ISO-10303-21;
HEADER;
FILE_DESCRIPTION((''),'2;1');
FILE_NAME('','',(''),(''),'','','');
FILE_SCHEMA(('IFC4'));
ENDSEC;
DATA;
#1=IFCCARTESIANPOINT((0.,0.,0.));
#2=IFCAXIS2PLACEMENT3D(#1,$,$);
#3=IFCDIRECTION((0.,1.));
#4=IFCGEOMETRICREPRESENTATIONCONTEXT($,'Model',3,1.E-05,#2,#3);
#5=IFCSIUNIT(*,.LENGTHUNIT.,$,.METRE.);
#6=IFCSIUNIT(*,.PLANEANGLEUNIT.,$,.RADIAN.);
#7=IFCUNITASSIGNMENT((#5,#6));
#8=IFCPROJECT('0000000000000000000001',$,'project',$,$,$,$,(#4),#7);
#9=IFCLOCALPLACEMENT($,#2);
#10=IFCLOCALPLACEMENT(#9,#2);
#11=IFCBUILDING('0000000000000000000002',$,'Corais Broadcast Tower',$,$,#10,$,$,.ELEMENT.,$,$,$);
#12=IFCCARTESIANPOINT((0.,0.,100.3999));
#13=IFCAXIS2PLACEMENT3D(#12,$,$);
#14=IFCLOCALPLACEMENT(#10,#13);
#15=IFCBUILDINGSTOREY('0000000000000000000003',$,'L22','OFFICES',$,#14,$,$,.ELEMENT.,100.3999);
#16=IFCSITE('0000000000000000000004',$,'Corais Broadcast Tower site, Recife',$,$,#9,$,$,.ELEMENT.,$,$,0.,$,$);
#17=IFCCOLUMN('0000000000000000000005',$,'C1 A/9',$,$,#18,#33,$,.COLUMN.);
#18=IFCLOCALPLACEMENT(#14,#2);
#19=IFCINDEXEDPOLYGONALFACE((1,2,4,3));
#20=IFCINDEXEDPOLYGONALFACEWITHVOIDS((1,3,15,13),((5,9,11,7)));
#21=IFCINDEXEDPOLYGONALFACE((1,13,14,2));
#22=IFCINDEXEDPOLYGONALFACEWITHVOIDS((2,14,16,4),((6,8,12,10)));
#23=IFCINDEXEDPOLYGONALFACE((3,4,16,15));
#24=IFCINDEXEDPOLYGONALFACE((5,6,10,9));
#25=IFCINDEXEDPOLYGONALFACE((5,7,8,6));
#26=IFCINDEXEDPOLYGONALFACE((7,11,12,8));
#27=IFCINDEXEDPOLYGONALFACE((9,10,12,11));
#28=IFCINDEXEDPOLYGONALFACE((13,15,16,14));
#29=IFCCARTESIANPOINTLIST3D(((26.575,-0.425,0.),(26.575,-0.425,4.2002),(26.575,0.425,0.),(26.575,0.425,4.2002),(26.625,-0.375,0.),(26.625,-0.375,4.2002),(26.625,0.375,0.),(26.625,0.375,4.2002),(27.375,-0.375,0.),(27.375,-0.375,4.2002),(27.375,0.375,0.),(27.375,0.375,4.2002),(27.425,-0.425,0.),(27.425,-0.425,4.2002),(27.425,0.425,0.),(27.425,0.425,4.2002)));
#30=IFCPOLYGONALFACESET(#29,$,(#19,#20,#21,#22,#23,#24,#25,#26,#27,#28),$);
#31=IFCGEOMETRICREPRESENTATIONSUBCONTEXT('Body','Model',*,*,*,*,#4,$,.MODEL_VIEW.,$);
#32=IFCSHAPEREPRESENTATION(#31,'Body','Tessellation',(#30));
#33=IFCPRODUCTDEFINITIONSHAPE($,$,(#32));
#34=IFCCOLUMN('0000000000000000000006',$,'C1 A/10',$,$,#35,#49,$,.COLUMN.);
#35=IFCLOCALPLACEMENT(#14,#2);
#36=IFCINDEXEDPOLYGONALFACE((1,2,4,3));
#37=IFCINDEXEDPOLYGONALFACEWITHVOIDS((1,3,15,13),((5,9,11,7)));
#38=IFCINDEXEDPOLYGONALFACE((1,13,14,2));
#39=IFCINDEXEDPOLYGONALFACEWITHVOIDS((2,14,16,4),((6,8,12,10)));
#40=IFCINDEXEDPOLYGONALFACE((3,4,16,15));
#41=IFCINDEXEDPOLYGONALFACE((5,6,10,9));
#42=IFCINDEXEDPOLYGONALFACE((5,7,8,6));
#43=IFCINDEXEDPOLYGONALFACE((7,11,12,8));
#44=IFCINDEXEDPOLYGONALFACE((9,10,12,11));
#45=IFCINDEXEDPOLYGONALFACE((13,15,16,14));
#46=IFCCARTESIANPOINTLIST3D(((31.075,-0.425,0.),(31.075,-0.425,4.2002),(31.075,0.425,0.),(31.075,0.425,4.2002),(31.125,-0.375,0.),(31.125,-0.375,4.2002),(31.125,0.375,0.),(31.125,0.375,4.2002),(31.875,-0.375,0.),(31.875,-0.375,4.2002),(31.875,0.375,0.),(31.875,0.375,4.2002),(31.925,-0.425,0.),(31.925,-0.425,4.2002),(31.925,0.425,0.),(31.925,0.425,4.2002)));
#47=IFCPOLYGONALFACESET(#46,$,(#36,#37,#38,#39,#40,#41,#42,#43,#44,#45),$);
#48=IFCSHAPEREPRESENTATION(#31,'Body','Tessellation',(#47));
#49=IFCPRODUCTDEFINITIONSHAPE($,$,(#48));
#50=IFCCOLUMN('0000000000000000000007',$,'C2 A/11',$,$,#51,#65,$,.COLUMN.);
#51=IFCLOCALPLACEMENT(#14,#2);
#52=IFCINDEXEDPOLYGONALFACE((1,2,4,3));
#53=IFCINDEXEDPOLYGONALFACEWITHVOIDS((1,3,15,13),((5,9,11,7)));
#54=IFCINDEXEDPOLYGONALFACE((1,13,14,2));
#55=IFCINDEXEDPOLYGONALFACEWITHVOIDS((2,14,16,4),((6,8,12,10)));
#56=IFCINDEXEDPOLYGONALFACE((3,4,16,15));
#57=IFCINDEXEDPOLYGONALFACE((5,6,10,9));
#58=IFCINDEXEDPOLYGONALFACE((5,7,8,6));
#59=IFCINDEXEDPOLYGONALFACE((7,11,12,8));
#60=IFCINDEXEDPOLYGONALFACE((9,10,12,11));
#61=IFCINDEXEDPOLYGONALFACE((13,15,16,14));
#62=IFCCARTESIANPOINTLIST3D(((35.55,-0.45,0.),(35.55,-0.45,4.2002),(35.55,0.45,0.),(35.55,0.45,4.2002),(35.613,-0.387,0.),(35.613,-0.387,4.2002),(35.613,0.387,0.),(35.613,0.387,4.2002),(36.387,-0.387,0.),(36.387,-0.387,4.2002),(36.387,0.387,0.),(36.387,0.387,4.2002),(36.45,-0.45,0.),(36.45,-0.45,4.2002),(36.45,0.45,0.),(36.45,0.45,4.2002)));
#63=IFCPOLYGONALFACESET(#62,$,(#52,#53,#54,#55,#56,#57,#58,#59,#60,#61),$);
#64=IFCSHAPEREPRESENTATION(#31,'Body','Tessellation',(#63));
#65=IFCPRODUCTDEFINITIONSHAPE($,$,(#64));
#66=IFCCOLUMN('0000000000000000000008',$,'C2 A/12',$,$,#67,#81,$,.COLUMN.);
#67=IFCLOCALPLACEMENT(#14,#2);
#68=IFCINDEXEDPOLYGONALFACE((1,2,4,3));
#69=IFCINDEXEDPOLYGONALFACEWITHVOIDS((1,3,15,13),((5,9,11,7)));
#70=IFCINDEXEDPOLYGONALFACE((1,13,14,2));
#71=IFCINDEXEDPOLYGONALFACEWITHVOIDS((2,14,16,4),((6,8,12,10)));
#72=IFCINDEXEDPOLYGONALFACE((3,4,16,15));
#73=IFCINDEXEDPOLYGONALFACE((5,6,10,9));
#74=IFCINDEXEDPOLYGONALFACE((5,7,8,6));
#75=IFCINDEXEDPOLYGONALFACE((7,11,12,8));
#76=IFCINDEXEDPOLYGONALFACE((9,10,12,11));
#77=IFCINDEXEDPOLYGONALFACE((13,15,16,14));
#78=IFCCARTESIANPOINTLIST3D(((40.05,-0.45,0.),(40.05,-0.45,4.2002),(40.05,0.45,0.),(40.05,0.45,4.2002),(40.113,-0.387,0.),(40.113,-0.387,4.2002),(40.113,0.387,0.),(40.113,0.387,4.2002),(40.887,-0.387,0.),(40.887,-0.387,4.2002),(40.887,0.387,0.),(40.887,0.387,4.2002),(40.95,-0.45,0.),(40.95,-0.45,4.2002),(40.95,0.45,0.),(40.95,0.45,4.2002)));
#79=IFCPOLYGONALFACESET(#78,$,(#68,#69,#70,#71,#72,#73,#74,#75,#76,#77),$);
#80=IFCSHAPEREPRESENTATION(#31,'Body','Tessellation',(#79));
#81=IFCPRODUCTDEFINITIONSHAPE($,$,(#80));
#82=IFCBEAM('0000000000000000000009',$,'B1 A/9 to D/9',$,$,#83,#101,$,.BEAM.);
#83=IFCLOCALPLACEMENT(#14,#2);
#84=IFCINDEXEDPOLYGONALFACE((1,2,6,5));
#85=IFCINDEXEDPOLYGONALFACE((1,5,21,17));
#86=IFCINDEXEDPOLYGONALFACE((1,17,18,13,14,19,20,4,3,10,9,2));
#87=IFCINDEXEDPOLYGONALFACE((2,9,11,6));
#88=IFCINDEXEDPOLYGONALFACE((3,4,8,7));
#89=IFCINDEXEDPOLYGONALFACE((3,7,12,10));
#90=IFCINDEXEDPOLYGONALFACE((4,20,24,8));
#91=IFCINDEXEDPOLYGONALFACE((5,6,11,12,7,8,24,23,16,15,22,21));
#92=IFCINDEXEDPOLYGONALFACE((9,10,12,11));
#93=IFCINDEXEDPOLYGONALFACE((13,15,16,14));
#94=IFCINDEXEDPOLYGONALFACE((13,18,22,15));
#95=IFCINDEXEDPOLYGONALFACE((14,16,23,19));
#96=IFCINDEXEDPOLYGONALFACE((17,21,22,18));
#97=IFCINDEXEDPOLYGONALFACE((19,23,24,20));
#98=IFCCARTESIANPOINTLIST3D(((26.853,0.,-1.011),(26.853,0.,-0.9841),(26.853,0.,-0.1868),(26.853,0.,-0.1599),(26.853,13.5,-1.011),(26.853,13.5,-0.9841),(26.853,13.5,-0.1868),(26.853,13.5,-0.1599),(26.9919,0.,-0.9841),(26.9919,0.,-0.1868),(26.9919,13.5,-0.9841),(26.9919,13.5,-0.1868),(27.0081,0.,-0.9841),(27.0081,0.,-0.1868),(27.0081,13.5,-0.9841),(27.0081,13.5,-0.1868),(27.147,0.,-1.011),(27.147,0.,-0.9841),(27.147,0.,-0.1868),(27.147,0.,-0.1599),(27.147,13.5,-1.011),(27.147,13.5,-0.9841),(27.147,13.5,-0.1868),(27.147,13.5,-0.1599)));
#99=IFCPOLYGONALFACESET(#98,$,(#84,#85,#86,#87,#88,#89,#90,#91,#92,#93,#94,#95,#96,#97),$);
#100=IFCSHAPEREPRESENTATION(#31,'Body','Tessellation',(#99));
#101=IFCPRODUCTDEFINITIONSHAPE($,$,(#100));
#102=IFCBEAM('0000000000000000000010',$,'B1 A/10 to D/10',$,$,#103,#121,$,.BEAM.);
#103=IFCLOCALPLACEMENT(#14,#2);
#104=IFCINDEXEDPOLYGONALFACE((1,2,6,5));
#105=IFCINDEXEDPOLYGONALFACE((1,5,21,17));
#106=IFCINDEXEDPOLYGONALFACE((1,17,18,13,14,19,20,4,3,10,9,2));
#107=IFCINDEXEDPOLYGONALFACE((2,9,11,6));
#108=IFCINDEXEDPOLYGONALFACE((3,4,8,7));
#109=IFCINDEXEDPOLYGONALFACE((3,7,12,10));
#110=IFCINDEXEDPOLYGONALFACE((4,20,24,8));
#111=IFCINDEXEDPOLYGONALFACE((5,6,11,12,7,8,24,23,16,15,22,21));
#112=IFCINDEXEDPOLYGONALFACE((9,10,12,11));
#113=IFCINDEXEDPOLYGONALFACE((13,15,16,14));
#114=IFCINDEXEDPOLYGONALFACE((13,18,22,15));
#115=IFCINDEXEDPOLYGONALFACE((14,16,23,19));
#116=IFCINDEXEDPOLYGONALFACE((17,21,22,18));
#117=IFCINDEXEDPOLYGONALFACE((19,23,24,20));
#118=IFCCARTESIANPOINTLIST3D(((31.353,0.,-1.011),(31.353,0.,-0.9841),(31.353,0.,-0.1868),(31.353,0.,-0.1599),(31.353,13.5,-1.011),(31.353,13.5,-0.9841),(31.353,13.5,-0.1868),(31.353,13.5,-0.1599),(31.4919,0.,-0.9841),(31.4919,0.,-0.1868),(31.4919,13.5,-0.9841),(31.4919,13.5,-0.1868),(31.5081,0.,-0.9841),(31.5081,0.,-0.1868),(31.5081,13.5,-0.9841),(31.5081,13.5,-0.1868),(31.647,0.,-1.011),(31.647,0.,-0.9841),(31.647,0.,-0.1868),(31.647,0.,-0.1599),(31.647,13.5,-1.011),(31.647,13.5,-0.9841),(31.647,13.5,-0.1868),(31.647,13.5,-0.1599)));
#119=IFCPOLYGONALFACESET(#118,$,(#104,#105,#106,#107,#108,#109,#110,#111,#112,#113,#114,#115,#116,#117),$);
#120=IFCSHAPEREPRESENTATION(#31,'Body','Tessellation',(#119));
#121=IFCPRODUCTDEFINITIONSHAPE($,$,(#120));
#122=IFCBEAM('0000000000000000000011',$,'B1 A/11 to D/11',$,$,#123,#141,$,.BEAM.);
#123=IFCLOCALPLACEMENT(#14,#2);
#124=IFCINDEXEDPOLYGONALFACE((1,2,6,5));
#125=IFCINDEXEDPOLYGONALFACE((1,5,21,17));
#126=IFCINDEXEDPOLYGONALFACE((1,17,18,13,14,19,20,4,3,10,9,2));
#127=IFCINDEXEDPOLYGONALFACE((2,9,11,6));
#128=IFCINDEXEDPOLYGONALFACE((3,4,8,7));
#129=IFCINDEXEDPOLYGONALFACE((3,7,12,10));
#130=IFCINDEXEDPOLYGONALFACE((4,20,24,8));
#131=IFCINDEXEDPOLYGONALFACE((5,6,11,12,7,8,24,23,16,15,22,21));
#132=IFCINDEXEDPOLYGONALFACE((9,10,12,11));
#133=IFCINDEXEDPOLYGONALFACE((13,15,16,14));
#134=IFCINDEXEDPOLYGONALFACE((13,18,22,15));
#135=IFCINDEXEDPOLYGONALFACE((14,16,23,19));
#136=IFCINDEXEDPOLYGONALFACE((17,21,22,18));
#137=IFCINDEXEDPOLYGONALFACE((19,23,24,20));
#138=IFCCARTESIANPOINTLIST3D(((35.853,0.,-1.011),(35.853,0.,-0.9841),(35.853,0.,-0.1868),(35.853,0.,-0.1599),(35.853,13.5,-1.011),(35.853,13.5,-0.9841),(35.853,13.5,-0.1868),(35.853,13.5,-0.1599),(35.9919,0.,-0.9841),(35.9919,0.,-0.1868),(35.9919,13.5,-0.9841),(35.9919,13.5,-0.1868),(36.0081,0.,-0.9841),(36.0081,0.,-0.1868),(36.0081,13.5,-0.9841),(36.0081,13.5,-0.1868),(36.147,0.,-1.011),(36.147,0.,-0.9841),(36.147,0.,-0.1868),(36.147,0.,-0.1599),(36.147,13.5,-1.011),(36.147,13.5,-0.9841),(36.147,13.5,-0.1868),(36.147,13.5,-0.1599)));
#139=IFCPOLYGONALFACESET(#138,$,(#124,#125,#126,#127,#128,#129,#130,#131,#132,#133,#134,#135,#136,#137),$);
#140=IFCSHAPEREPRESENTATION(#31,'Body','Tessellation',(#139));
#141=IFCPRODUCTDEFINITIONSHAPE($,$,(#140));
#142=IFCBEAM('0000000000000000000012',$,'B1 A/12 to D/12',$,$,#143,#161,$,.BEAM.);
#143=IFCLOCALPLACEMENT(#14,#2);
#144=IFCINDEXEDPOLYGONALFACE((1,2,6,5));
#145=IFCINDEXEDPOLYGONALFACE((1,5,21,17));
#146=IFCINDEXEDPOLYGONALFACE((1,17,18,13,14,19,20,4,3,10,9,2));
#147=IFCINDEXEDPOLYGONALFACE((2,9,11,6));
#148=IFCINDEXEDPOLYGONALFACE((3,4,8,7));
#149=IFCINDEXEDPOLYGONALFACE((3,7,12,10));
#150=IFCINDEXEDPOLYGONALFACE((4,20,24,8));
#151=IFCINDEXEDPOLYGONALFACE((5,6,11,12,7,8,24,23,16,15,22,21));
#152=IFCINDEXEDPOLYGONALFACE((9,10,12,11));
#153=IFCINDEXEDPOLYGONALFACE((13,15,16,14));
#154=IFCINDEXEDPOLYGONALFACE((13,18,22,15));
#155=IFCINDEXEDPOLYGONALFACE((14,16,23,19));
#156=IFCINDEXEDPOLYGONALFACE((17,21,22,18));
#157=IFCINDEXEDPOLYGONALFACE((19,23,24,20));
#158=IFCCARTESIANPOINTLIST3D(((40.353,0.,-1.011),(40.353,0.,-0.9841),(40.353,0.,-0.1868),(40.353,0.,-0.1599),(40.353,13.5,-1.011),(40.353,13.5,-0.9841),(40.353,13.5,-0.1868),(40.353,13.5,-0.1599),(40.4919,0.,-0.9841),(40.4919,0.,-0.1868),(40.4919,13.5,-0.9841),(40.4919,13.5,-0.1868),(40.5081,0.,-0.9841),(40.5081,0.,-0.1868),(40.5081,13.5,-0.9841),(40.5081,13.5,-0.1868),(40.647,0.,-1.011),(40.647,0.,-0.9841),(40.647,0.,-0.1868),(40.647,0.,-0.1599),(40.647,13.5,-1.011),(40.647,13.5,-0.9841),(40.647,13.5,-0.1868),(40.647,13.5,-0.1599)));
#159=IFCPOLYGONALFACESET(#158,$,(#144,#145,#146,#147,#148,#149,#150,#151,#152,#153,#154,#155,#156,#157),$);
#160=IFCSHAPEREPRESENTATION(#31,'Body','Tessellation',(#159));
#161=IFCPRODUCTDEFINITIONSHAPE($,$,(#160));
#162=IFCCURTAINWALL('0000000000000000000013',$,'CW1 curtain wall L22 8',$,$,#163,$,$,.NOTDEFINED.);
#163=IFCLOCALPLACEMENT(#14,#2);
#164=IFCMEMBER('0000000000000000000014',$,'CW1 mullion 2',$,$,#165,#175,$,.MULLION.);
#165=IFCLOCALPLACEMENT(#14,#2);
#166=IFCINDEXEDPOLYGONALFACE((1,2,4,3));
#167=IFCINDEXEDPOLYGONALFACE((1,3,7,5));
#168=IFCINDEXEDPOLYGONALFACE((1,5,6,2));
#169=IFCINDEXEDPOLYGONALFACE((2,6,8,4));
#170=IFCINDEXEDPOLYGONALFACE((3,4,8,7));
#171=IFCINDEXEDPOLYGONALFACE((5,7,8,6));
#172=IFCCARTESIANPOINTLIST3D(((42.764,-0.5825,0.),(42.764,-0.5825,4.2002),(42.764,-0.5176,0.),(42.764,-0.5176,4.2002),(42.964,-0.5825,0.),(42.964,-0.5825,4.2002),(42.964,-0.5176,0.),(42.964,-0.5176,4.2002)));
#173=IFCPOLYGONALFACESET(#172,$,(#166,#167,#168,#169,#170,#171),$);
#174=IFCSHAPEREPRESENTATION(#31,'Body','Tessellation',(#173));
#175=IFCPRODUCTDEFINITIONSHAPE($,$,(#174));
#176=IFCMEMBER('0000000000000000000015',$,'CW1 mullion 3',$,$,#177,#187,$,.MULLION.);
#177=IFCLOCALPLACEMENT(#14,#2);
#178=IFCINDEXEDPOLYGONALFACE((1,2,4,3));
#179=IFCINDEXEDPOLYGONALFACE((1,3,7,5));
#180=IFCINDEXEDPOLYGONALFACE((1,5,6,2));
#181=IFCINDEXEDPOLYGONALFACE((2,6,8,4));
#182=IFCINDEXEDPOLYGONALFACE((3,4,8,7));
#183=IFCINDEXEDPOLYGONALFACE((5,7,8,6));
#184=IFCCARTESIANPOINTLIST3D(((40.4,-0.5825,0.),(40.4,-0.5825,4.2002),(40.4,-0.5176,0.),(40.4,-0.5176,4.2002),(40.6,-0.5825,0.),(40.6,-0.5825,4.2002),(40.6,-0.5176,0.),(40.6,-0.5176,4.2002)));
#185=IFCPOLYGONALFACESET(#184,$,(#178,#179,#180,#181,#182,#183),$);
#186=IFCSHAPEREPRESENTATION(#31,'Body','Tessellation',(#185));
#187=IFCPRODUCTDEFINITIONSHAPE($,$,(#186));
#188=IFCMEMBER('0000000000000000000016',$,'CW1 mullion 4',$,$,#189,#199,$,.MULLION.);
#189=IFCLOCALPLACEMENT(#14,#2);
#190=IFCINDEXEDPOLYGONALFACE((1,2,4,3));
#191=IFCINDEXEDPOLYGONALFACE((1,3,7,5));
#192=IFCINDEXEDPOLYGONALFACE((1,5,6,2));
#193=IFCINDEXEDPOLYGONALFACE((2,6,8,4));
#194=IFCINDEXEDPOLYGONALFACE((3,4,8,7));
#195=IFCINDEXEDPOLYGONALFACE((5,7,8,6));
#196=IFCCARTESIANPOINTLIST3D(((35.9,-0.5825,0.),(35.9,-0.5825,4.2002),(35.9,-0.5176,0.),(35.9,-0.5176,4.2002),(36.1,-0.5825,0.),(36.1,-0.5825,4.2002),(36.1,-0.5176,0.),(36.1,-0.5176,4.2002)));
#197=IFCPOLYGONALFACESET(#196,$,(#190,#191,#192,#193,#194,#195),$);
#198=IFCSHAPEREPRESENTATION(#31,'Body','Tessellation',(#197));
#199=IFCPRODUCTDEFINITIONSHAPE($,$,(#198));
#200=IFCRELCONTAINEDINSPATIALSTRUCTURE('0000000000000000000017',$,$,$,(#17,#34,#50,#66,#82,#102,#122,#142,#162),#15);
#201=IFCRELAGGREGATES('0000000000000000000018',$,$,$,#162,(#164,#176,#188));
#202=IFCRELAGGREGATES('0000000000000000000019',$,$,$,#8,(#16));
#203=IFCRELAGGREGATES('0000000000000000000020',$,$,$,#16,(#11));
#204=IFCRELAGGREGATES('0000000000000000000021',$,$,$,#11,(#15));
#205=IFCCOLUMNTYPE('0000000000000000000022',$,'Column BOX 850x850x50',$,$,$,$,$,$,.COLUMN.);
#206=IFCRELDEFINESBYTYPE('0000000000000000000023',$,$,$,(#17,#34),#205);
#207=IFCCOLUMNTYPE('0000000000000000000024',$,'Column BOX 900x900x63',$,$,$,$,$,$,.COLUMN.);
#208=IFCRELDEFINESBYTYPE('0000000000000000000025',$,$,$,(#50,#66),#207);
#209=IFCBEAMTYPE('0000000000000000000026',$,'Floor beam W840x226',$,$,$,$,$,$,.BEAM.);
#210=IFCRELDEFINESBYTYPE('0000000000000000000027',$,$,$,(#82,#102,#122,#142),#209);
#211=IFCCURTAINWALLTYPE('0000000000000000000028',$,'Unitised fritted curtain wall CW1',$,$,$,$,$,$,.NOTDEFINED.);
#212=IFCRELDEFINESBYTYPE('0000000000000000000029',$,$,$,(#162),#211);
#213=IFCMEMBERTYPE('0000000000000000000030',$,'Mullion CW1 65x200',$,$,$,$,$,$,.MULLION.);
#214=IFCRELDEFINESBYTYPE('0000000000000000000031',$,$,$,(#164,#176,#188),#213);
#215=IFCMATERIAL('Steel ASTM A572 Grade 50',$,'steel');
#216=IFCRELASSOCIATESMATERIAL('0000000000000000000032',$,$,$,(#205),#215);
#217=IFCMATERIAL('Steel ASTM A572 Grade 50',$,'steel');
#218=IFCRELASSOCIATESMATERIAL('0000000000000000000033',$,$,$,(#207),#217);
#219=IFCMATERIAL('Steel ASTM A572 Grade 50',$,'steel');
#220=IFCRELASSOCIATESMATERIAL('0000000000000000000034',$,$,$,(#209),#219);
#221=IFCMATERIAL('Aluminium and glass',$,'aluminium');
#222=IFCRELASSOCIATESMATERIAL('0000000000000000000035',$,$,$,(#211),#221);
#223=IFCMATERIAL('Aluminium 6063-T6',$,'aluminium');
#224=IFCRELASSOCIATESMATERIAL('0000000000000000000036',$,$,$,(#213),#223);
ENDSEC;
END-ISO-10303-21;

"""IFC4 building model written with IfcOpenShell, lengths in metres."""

from ifc_helpers import new_model, si_unit, direction, frame, origin, origin_2d, place, context, subcontext, project, spatial, rectangle, hollow_rectangle, i_section, extrude, material, material_profile, profile_set, type_object, element, aggregate, save


model = new_model("IFC4")

# Units and contexts
model_context = context("Model", 3, precision=1e-05, world=origin(), true_north=direction((0.0, 1.0)))
body_context = subcontext(model_context, "Body", "Model", "MODEL_VIEW")
ifc_project = project(units=[si_unit("LENGTHUNIT", "METRE"), si_unit("PLANEANGLEUNIT", "RADIAN")], contexts=[model_context])

# Site, building, storey
site_placement = place(None, origin())
site = spatial("IfcSite", under=ifc_project, at=site_placement, Name="Corais Broadcast Tower site, Recife", CompositionType="ELEMENT", RefElevation=0.0)
building_placement = place(site_placement, origin())
building = spatial("IfcBuilding", under=site, at=building_placement, Name="Corais Broadcast Tower", CompositionType="ELEMENT")
storey_placement = place(building_placement, frame((0.0, 0.0, 100.3999)))
storey = spatial("IfcBuildingStorey", under=building, at=storey_placement, Name="L22", Description="OFFICES", CompositionType="ELEMENT", Elevation=100.3999)

# Columns
ifc_material_1 = material(Name="Steel ASTM A572 Grade 50", Category="steel")
ifc_material_profile_1 = material_profile(ifc_material_1, hollow_rectangle(XDim=0.8501, YDim=0.8501, WallThickness=0.05, at=origin_2d()), Name="BOX 850x850x50")
ifc_profile_set_1 = profile_set([ifc_material_profile_1], Name="Steel ASTM A572 Grade 50")
column_type_1 = type_object("IfcColumnType", Name="Column BOX 850x850x50", PredefinedType="COLUMN", material=ifc_profile_set_1)
for number, where, z_axis, x_axis, name in (
    (1, (27.0, 0.0, 0.0), (0.0, 0.0, 1.0), (1.0, 0.0, 0.0), "C1 A/9"),
    (2, (31.5, 0.0, 0.0), (0.0, 0.0, 1.0), (1.0, 0.0, 0.0), "C1 A/10"),
):
    element("IfcColumn", number, at=place(storey_placement, frame(where, z_axis=z_axis, x_axis=x_axis)), inside=storey, type_object=column_type_1, Name=name, PredefinedType="COLUMN", context=body_context, shape_type="SweptSolid", body=[
        extrude(hollow_rectangle(XDim=0.8501, YDim=0.8501, WallThickness=0.05, at=origin_2d()), origin(), (0.0, 0.0, 1.0), 4.2002),
    ])
ifc_material_2 = material(Name="Steel ASTM A572 Grade 50", Category="steel")
ifc_material_profile_2 = material_profile(ifc_material_2, hollow_rectangle(XDim=0.8999, YDim=0.8999, WallThickness=0.063, at=origin_2d()), Name="BOX 900x900x63")
ifc_profile_set_2 = profile_set([ifc_material_profile_2], Name="Steel ASTM A572 Grade 50")
column_type_2 = type_object("IfcColumnType", Name="Column BOX 900x900x63", PredefinedType="COLUMN", material=ifc_profile_set_2)
for number, where, z_axis, x_axis, name in (
    (3, (36.0, 0.0, 0.0), (0.0, 0.0, 1.0), (1.0, 0.0, 0.0), "C2 A/11"),
    (4, (40.5, 0.0, 0.0), (0.0, 0.0, 1.0), (1.0, 0.0, 0.0), "C2 A/12"),
):
    element("IfcColumn", number, at=place(storey_placement, frame(where, z_axis=z_axis, x_axis=x_axis)), inside=storey, type_object=column_type_2, Name=name, PredefinedType="COLUMN", context=body_context, shape_type="SweptSolid", body=[
        extrude(hollow_rectangle(XDim=0.8999, YDim=0.8999, WallThickness=0.063, at=origin_2d()), origin(), (0.0, 0.0, 1.0), 4.2002),
    ])

# Beams
ifc_material_3 = material(Name="Steel ASTM A572 Grade 50", Category="steel")
ifc_material_profile_3 = material_profile(ifc_material_3, i_section(OverallWidth=0.2939, OverallDepth=0.8511, WebThickness=0.0161, FlangeThickness=0.0269, at=origin_2d()), Name="W840x226")
ifc_profile_set_3 = profile_set([ifc_material_profile_3], Name="Steel ASTM A572 Grade 50")
beam_type_1 = type_object("IfcBeamType", Name="Floor beam W840x226", PredefinedType="BEAM", material=ifc_profile_set_3)
for number, where, z_axis, x_axis, name in (
    (5, (27.0, 0.0, -0.5854), (0.0, 1.0, 0.0), (-1.0, 0.0, 0.0), "B1 A/9 to D/9"),
    (6, (31.5, 0.0, -0.5854), (0.0, 1.0, 0.0), (-1.0, 0.0, 0.0), "B1 A/10 to D/10"),
    (7, (36.0, 0.0, -0.5854), (0.0, 1.0, 0.0), (-1.0, 0.0, 0.0), "B1 A/11 to D/11"),
    (8, (40.5, 0.0, -0.5854), (0.0, 1.0, 0.0), (-1.0, 0.0, 0.0), "B1 A/12 to D/12"),
):
    element("IfcBeam", number, at=place(storey_placement, frame(where, z_axis=z_axis, x_axis=x_axis)), inside=storey, type_object=beam_type_1, Name=name, PredefinedType="BEAM", context=body_context, shape_type="SweptSolid", body=[
        extrude(i_section(OverallWidth=0.2939, OverallDepth=0.8511, WebThickness=0.0161, FlangeThickness=0.0269, at=origin_2d()), origin(), (0.0, 0.0, 1.0), 13.5),
    ])

# Curtain wall, members
ifc_material_4 = material(Name="Aluminium and glass", Category="aluminium")
curtain_wall_type = type_object("IfcCurtainWallType", Name="Unitised fritted curtain wall CW1", PredefinedType="NOTDEFINED", material=ifc_material_4)
curtain_wall_placement = place(storey_placement, origin())
curtain_wall = element("IfcCurtainWall", 9, at=curtain_wall_placement, inside=storey, type_object=curtain_wall_type, Name="CW1 curtain wall L22 8", PredefinedType="NOTDEFINED")
ifc_material_5 = material(Name="Aluminium 6063-T6", Category="aluminium")
ifc_material_profile_4 = material_profile(ifc_material_5, rectangle(XDim=0.0649, YDim=0.2, at=origin_2d()), Name="Mullion CW1 65x200")
ifc_profile_set_4 = profile_set([ifc_material_profile_4], Name="Aluminium 6063-T6")
member_type_1 = type_object("IfcMemberType", Name="Mullion CW1 65x200", PredefinedType="MULLION", material=ifc_profile_set_4)
member_1_placement = place(storey_placement, frame((42.864, -0.55, 0.0), z_axis=(0.0, 0.0, 1.0), x_axis=(0.0, -1.0, 0.0)))
member_1 = element("IfcMember", 10, at=member_1_placement, type_object=member_type_1, Name="CW1 mullion 2", PredefinedType="MULLION", context=body_context, shape_type="SweptSolid", body=[
    extrude(rectangle(XDim=0.0649, YDim=0.2, at=origin_2d()), origin(), (0.0, 0.0, 1.0), 4.2002),
])
member_2_placement = place(storey_placement, frame((40.5, -0.55, 0.0), z_axis=(0.0, 0.0, 1.0), x_axis=(0.0, -1.0, 0.0)))
member_2 = element("IfcMember", 11, at=member_2_placement, type_object=member_type_1, Name="CW1 mullion 3", PredefinedType="MULLION", context=body_context, shape_type="SweptSolid", body=[
    extrude(rectangle(XDim=0.0649, YDim=0.2, at=origin_2d()), origin(), (0.0, 0.0, 1.0), 4.2002),
])
member_3_placement = place(storey_placement, frame((36.0, -0.55, 0.0), z_axis=(0.0, 0.0, 1.0), x_axis=(0.0, -1.0, 0.0)))
member_3 = element("IfcMember", 12, at=member_3_placement, type_object=member_type_1, Name="CW1 mullion 4", PredefinedType="MULLION", context=body_context, shape_type="SweptSolid", body=[
    extrude(rectangle(XDim=0.0649, YDim=0.2, at=origin_2d()), origin(), (0.0, 0.0, 1.0), 4.2002),
])

aggregate(curtain_wall, [member_1, member_2, member_3])

save(model, "model.ifc")
